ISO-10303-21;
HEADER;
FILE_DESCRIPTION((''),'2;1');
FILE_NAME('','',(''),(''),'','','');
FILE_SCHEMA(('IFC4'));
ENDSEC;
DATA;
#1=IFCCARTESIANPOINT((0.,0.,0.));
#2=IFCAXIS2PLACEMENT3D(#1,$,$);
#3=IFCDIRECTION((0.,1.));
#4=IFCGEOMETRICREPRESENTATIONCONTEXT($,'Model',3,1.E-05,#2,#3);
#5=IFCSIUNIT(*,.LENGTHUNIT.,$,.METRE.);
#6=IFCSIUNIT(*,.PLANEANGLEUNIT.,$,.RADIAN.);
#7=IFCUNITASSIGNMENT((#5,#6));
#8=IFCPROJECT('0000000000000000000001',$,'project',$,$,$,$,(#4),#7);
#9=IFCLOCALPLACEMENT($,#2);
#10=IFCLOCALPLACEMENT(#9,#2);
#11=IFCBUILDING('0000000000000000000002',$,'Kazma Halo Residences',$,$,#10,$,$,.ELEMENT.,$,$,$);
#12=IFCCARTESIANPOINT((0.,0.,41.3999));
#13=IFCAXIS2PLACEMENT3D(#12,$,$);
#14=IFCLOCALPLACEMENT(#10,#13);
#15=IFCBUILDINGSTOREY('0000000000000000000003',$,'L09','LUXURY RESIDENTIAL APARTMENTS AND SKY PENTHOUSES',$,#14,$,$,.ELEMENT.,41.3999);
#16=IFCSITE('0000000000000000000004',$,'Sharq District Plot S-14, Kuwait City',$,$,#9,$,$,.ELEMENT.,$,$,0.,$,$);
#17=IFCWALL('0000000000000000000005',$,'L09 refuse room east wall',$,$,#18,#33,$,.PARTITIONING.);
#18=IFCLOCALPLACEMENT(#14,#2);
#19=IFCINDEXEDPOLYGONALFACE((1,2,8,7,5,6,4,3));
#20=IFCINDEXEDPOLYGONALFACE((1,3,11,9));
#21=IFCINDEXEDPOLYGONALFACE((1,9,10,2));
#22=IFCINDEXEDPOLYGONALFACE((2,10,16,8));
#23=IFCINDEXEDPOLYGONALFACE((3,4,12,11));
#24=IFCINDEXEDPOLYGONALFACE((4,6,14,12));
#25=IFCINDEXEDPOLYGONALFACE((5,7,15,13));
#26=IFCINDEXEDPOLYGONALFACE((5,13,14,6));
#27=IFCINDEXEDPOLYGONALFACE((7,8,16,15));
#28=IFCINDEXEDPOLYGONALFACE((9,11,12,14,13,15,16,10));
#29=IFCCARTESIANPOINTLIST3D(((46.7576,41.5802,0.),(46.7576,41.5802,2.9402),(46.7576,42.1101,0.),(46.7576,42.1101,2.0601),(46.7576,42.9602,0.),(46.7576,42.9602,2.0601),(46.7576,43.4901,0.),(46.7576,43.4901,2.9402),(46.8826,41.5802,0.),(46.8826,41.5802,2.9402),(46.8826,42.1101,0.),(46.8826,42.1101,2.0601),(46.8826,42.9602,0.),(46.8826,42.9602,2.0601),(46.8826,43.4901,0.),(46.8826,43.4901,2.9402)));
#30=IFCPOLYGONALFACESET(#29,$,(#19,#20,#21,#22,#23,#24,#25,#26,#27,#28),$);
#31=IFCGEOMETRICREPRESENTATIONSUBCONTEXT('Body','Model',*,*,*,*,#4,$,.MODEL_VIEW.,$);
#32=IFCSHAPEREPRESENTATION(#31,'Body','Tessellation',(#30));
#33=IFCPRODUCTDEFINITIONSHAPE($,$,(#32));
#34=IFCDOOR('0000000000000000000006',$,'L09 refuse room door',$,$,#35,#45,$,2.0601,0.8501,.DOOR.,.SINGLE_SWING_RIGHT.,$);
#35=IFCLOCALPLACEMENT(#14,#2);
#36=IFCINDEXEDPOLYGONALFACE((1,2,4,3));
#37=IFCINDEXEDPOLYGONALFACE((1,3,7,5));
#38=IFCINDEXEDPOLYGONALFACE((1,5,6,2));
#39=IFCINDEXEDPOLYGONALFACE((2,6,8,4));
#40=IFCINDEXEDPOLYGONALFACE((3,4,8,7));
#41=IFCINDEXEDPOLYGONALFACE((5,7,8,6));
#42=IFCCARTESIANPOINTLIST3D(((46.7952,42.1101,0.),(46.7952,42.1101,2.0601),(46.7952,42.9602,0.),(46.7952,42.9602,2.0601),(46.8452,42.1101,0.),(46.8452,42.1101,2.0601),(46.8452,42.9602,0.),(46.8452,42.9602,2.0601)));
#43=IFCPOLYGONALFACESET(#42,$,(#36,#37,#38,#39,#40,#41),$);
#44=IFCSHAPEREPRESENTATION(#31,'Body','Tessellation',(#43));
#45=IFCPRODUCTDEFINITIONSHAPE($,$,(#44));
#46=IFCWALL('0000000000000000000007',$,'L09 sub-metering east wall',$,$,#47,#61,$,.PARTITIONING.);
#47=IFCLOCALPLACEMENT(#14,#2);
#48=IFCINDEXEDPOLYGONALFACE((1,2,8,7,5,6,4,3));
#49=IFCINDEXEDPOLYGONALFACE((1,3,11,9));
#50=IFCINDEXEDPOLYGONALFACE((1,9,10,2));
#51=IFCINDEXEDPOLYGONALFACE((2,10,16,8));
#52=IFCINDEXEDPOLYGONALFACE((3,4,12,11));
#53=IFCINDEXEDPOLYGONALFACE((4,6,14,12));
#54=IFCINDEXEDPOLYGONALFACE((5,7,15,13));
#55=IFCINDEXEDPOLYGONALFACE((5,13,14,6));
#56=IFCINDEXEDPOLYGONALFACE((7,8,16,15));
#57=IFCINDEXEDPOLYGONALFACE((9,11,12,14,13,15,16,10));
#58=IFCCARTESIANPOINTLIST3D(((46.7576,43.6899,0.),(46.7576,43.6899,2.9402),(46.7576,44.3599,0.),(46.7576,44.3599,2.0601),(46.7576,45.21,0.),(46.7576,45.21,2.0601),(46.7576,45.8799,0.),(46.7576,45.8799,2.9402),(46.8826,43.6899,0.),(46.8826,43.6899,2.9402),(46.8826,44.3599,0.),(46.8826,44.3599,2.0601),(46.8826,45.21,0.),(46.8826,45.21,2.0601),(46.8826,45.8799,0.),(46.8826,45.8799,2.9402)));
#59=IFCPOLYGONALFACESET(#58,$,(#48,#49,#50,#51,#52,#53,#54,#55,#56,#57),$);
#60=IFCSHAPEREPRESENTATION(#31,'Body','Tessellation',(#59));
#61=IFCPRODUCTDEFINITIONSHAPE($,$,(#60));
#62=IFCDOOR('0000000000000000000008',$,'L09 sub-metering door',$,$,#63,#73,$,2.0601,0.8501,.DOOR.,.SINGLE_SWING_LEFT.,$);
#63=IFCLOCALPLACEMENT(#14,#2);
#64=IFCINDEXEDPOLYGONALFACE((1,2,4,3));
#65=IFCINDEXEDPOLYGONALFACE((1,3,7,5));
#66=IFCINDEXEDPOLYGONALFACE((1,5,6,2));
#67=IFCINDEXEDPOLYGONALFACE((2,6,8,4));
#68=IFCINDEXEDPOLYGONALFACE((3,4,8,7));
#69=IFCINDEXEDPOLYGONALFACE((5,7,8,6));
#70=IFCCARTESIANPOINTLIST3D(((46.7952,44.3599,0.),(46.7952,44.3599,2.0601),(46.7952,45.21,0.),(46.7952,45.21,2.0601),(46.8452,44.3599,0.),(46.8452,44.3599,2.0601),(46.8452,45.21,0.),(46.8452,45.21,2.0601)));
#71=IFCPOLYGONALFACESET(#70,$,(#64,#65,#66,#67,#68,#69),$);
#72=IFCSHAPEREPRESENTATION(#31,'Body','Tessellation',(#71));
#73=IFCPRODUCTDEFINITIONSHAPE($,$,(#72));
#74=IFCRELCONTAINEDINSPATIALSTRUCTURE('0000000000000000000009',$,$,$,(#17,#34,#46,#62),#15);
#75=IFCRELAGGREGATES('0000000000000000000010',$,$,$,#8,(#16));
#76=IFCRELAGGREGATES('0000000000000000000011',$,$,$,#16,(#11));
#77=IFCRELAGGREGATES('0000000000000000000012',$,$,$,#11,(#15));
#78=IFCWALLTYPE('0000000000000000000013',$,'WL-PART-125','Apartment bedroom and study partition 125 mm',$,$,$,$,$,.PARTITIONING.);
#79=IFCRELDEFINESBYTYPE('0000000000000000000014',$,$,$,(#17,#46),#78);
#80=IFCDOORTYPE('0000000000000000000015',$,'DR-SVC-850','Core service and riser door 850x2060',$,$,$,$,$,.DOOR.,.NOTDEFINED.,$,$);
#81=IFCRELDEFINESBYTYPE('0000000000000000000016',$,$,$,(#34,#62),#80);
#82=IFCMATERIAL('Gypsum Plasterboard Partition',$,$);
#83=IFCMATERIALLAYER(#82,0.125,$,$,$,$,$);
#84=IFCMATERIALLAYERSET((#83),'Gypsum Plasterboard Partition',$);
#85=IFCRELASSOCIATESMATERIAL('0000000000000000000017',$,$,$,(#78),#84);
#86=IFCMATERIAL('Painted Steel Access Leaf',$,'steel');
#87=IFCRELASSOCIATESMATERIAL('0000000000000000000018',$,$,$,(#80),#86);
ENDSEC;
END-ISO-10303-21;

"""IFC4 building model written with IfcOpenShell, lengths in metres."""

from ifc_helpers import new_model, si_unit, direction, frame, frame_2d, origin, place, context, subcontext, project, spatial, rectangle, extrude, material, layer, layer_set, type_object, element, fill, save


model = new_model("IFC4")

# Units and contexts
model_context = context("Model", 3, precision=1e-05, world=origin(), true_north=direction((0.0, 1.0)))
body_context = subcontext(model_context, "Body", "Model", "MODEL_VIEW")
ifc_project = project(units=[si_unit("LENGTHUNIT", "METRE"), si_unit("PLANEANGLEUNIT", "RADIAN")], contexts=[model_context])

# Site, building, storey
site_placement = place(None, origin())
site = spatial("IfcSite", under=ifc_project, at=site_placement, Name="Sharq District Plot S-14, Kuwait City", CompositionType="ELEMENT", RefElevation=0.0)
building_placement = place(site_placement, origin())
building = spatial("IfcBuilding", under=site, at=building_placement, Name="Kazma Halo Residences", CompositionType="ELEMENT")
storey_placement = place(building_placement, frame((0.0, 0.0, 41.3999)))
storey = spatial("IfcBuildingStorey", under=building, at=storey_placement, Name="L09", Description="LUXURY RESIDENTIAL APARTMENTS AND SKY PENTHOUSES", CompositionType="ELEMENT", Elevation=41.3999)

# Shared definitions
ifc_material_1 = material(Name="Gypsum Plasterboard Partition")
ifc_layer_1 = layer(ifc_material_1, 0.125)
ifc_layer_set_1 = layer_set([ifc_layer_1], Name="Gypsum Plasterboard Partition")
wall_type_1 = type_object("IfcWallType", Name="WL-PART-125", Description="Apartment bedroom and study partition 125 mm", PredefinedType="PARTITIONING", material=ifc_layer_set_1)

# Walls, openings, doors
wall_1_placement = place(storey_placement, frame((46.8201, 41.5801, 0.0), z_axis=(0.0, 0.0, 1.0), x_axis=(0.0, 1.0, 0.0)))
wall_1 = element("IfcWall", 1, at=wall_1_placement, inside=storey, type_object=wall_type_1, Name="L09 refuse room east wall", PredefinedType="PARTITIONING", context=body_context, shape_type="SweptSolid", body=[
    extrude(rectangle(XDim=1.9099, YDim=0.125, at=frame_2d((0.9551, 0.0))), origin(), (0.0, 0.0, 1.0), 2.9402),
])
opening_1_placement = place(wall_1_placement, frame((0.53, 0.0, 0.0)))
opening_1 = element("IfcOpeningElement", 2, at=opening_1_placement, cuts=wall_1, PredefinedType="OPENING", context=body_context, shape_type="SweptSolid", body=[
    extrude(rectangle(XDim=0.8501, YDim=2.0601, at=frame_2d((0.425, 1.03))), frame((0.0, 0.0725, 0.0), z_axis=(0.0, -1.0, 0.0), x_axis=(1.0, 0.0, 0.0)), (0.0, 0.0, 1.0), 0.145),
])
ifc_material_2 = material(Name="Painted Steel Access Leaf", Category="steel")
door_type_1 = type_object("IfcDoorType", Name="DR-SVC-850", Description="Core service and riser door 850x2060", OperationType="NOTDEFINED", PredefinedType="DOOR", material=ifc_material_2)
door_1_placement = place(opening_1_placement, origin())
door_1 = element("IfcDoor", 3, at=door_1_placement, inside=storey, type_object=door_type_1, Name="L09 refuse room door", OperationType="SINGLE_SWING_RIGHT", OverallHeight=2.0601, OverallWidth=0.8501, PredefinedType="DOOR", context=body_context, shape_type="SweptSolid", body=[
    extrude(rectangle(XDim=0.8501, YDim=2.0601, at=frame_2d((0.425, 1.03))), frame((0.0, 0.0249, 0.0), z_axis=(0.0, -1.0, 0.0), x_axis=(1.0, 0.0, 0.0)), (0.0, 0.0, 1.0), 0.05),
])
fill(opening_1, door_1)
wall_2_placement = place(storey_placement, frame((46.8201, 43.6899, 0.0), z_axis=(0.0, 0.0, 1.0), x_axis=(0.0, 1.0, 0.0)))
wall_2 = element("IfcWall", 4, at=wall_2_placement, inside=storey, type_object=wall_type_1, Name="L09 sub-metering east wall", PredefinedType="PARTITIONING", context=body_context, shape_type="SweptSolid", body=[
    extrude(rectangle(XDim=2.1899, YDim=0.125, at=frame_2d((1.095, 0.0))), origin(), (0.0, 0.0, 1.0), 2.9402),
])
opening_2_placement = place(wall_2_placement, frame((0.6699, 0.0, 0.0)))
opening_2 = element("IfcOpeningElement", 5, at=opening_2_placement, cuts=wall_2, PredefinedType="OPENING", context=body_context, shape_type="SweptSolid", body=[
    extrude(rectangle(XDim=0.8501, YDim=2.0601, at=frame_2d((0.425, 1.03))), frame((0.0, 0.0725, 0.0), z_axis=(0.0, -1.0, 0.0), x_axis=(1.0, 0.0, 0.0)), (0.0, 0.0, 1.0), 0.145),
])
door_2_placement = place(opening_2_placement, origin())
door_2 = element("IfcDoor", 6, at=door_2_placement, inside=storey, type_object=door_type_1, Name="L09 sub-metering door", OperationType="SINGLE_SWING_LEFT", OverallHeight=2.0601, OverallWidth=0.8501, PredefinedType="DOOR", context=body_context, shape_type="SweptSolid", body=[
    extrude(rectangle(XDim=0.8501, YDim=2.0601, at=frame_2d((0.425, 1.03))), frame((0.0, 0.0249, 0.0), z_axis=(0.0, -1.0, 0.0), x_axis=(1.0, 0.0, 0.0)), (0.0, 0.0, 1.0), 0.05),
])
fill(opening_2, door_2)

save(model, "model.ifc")
